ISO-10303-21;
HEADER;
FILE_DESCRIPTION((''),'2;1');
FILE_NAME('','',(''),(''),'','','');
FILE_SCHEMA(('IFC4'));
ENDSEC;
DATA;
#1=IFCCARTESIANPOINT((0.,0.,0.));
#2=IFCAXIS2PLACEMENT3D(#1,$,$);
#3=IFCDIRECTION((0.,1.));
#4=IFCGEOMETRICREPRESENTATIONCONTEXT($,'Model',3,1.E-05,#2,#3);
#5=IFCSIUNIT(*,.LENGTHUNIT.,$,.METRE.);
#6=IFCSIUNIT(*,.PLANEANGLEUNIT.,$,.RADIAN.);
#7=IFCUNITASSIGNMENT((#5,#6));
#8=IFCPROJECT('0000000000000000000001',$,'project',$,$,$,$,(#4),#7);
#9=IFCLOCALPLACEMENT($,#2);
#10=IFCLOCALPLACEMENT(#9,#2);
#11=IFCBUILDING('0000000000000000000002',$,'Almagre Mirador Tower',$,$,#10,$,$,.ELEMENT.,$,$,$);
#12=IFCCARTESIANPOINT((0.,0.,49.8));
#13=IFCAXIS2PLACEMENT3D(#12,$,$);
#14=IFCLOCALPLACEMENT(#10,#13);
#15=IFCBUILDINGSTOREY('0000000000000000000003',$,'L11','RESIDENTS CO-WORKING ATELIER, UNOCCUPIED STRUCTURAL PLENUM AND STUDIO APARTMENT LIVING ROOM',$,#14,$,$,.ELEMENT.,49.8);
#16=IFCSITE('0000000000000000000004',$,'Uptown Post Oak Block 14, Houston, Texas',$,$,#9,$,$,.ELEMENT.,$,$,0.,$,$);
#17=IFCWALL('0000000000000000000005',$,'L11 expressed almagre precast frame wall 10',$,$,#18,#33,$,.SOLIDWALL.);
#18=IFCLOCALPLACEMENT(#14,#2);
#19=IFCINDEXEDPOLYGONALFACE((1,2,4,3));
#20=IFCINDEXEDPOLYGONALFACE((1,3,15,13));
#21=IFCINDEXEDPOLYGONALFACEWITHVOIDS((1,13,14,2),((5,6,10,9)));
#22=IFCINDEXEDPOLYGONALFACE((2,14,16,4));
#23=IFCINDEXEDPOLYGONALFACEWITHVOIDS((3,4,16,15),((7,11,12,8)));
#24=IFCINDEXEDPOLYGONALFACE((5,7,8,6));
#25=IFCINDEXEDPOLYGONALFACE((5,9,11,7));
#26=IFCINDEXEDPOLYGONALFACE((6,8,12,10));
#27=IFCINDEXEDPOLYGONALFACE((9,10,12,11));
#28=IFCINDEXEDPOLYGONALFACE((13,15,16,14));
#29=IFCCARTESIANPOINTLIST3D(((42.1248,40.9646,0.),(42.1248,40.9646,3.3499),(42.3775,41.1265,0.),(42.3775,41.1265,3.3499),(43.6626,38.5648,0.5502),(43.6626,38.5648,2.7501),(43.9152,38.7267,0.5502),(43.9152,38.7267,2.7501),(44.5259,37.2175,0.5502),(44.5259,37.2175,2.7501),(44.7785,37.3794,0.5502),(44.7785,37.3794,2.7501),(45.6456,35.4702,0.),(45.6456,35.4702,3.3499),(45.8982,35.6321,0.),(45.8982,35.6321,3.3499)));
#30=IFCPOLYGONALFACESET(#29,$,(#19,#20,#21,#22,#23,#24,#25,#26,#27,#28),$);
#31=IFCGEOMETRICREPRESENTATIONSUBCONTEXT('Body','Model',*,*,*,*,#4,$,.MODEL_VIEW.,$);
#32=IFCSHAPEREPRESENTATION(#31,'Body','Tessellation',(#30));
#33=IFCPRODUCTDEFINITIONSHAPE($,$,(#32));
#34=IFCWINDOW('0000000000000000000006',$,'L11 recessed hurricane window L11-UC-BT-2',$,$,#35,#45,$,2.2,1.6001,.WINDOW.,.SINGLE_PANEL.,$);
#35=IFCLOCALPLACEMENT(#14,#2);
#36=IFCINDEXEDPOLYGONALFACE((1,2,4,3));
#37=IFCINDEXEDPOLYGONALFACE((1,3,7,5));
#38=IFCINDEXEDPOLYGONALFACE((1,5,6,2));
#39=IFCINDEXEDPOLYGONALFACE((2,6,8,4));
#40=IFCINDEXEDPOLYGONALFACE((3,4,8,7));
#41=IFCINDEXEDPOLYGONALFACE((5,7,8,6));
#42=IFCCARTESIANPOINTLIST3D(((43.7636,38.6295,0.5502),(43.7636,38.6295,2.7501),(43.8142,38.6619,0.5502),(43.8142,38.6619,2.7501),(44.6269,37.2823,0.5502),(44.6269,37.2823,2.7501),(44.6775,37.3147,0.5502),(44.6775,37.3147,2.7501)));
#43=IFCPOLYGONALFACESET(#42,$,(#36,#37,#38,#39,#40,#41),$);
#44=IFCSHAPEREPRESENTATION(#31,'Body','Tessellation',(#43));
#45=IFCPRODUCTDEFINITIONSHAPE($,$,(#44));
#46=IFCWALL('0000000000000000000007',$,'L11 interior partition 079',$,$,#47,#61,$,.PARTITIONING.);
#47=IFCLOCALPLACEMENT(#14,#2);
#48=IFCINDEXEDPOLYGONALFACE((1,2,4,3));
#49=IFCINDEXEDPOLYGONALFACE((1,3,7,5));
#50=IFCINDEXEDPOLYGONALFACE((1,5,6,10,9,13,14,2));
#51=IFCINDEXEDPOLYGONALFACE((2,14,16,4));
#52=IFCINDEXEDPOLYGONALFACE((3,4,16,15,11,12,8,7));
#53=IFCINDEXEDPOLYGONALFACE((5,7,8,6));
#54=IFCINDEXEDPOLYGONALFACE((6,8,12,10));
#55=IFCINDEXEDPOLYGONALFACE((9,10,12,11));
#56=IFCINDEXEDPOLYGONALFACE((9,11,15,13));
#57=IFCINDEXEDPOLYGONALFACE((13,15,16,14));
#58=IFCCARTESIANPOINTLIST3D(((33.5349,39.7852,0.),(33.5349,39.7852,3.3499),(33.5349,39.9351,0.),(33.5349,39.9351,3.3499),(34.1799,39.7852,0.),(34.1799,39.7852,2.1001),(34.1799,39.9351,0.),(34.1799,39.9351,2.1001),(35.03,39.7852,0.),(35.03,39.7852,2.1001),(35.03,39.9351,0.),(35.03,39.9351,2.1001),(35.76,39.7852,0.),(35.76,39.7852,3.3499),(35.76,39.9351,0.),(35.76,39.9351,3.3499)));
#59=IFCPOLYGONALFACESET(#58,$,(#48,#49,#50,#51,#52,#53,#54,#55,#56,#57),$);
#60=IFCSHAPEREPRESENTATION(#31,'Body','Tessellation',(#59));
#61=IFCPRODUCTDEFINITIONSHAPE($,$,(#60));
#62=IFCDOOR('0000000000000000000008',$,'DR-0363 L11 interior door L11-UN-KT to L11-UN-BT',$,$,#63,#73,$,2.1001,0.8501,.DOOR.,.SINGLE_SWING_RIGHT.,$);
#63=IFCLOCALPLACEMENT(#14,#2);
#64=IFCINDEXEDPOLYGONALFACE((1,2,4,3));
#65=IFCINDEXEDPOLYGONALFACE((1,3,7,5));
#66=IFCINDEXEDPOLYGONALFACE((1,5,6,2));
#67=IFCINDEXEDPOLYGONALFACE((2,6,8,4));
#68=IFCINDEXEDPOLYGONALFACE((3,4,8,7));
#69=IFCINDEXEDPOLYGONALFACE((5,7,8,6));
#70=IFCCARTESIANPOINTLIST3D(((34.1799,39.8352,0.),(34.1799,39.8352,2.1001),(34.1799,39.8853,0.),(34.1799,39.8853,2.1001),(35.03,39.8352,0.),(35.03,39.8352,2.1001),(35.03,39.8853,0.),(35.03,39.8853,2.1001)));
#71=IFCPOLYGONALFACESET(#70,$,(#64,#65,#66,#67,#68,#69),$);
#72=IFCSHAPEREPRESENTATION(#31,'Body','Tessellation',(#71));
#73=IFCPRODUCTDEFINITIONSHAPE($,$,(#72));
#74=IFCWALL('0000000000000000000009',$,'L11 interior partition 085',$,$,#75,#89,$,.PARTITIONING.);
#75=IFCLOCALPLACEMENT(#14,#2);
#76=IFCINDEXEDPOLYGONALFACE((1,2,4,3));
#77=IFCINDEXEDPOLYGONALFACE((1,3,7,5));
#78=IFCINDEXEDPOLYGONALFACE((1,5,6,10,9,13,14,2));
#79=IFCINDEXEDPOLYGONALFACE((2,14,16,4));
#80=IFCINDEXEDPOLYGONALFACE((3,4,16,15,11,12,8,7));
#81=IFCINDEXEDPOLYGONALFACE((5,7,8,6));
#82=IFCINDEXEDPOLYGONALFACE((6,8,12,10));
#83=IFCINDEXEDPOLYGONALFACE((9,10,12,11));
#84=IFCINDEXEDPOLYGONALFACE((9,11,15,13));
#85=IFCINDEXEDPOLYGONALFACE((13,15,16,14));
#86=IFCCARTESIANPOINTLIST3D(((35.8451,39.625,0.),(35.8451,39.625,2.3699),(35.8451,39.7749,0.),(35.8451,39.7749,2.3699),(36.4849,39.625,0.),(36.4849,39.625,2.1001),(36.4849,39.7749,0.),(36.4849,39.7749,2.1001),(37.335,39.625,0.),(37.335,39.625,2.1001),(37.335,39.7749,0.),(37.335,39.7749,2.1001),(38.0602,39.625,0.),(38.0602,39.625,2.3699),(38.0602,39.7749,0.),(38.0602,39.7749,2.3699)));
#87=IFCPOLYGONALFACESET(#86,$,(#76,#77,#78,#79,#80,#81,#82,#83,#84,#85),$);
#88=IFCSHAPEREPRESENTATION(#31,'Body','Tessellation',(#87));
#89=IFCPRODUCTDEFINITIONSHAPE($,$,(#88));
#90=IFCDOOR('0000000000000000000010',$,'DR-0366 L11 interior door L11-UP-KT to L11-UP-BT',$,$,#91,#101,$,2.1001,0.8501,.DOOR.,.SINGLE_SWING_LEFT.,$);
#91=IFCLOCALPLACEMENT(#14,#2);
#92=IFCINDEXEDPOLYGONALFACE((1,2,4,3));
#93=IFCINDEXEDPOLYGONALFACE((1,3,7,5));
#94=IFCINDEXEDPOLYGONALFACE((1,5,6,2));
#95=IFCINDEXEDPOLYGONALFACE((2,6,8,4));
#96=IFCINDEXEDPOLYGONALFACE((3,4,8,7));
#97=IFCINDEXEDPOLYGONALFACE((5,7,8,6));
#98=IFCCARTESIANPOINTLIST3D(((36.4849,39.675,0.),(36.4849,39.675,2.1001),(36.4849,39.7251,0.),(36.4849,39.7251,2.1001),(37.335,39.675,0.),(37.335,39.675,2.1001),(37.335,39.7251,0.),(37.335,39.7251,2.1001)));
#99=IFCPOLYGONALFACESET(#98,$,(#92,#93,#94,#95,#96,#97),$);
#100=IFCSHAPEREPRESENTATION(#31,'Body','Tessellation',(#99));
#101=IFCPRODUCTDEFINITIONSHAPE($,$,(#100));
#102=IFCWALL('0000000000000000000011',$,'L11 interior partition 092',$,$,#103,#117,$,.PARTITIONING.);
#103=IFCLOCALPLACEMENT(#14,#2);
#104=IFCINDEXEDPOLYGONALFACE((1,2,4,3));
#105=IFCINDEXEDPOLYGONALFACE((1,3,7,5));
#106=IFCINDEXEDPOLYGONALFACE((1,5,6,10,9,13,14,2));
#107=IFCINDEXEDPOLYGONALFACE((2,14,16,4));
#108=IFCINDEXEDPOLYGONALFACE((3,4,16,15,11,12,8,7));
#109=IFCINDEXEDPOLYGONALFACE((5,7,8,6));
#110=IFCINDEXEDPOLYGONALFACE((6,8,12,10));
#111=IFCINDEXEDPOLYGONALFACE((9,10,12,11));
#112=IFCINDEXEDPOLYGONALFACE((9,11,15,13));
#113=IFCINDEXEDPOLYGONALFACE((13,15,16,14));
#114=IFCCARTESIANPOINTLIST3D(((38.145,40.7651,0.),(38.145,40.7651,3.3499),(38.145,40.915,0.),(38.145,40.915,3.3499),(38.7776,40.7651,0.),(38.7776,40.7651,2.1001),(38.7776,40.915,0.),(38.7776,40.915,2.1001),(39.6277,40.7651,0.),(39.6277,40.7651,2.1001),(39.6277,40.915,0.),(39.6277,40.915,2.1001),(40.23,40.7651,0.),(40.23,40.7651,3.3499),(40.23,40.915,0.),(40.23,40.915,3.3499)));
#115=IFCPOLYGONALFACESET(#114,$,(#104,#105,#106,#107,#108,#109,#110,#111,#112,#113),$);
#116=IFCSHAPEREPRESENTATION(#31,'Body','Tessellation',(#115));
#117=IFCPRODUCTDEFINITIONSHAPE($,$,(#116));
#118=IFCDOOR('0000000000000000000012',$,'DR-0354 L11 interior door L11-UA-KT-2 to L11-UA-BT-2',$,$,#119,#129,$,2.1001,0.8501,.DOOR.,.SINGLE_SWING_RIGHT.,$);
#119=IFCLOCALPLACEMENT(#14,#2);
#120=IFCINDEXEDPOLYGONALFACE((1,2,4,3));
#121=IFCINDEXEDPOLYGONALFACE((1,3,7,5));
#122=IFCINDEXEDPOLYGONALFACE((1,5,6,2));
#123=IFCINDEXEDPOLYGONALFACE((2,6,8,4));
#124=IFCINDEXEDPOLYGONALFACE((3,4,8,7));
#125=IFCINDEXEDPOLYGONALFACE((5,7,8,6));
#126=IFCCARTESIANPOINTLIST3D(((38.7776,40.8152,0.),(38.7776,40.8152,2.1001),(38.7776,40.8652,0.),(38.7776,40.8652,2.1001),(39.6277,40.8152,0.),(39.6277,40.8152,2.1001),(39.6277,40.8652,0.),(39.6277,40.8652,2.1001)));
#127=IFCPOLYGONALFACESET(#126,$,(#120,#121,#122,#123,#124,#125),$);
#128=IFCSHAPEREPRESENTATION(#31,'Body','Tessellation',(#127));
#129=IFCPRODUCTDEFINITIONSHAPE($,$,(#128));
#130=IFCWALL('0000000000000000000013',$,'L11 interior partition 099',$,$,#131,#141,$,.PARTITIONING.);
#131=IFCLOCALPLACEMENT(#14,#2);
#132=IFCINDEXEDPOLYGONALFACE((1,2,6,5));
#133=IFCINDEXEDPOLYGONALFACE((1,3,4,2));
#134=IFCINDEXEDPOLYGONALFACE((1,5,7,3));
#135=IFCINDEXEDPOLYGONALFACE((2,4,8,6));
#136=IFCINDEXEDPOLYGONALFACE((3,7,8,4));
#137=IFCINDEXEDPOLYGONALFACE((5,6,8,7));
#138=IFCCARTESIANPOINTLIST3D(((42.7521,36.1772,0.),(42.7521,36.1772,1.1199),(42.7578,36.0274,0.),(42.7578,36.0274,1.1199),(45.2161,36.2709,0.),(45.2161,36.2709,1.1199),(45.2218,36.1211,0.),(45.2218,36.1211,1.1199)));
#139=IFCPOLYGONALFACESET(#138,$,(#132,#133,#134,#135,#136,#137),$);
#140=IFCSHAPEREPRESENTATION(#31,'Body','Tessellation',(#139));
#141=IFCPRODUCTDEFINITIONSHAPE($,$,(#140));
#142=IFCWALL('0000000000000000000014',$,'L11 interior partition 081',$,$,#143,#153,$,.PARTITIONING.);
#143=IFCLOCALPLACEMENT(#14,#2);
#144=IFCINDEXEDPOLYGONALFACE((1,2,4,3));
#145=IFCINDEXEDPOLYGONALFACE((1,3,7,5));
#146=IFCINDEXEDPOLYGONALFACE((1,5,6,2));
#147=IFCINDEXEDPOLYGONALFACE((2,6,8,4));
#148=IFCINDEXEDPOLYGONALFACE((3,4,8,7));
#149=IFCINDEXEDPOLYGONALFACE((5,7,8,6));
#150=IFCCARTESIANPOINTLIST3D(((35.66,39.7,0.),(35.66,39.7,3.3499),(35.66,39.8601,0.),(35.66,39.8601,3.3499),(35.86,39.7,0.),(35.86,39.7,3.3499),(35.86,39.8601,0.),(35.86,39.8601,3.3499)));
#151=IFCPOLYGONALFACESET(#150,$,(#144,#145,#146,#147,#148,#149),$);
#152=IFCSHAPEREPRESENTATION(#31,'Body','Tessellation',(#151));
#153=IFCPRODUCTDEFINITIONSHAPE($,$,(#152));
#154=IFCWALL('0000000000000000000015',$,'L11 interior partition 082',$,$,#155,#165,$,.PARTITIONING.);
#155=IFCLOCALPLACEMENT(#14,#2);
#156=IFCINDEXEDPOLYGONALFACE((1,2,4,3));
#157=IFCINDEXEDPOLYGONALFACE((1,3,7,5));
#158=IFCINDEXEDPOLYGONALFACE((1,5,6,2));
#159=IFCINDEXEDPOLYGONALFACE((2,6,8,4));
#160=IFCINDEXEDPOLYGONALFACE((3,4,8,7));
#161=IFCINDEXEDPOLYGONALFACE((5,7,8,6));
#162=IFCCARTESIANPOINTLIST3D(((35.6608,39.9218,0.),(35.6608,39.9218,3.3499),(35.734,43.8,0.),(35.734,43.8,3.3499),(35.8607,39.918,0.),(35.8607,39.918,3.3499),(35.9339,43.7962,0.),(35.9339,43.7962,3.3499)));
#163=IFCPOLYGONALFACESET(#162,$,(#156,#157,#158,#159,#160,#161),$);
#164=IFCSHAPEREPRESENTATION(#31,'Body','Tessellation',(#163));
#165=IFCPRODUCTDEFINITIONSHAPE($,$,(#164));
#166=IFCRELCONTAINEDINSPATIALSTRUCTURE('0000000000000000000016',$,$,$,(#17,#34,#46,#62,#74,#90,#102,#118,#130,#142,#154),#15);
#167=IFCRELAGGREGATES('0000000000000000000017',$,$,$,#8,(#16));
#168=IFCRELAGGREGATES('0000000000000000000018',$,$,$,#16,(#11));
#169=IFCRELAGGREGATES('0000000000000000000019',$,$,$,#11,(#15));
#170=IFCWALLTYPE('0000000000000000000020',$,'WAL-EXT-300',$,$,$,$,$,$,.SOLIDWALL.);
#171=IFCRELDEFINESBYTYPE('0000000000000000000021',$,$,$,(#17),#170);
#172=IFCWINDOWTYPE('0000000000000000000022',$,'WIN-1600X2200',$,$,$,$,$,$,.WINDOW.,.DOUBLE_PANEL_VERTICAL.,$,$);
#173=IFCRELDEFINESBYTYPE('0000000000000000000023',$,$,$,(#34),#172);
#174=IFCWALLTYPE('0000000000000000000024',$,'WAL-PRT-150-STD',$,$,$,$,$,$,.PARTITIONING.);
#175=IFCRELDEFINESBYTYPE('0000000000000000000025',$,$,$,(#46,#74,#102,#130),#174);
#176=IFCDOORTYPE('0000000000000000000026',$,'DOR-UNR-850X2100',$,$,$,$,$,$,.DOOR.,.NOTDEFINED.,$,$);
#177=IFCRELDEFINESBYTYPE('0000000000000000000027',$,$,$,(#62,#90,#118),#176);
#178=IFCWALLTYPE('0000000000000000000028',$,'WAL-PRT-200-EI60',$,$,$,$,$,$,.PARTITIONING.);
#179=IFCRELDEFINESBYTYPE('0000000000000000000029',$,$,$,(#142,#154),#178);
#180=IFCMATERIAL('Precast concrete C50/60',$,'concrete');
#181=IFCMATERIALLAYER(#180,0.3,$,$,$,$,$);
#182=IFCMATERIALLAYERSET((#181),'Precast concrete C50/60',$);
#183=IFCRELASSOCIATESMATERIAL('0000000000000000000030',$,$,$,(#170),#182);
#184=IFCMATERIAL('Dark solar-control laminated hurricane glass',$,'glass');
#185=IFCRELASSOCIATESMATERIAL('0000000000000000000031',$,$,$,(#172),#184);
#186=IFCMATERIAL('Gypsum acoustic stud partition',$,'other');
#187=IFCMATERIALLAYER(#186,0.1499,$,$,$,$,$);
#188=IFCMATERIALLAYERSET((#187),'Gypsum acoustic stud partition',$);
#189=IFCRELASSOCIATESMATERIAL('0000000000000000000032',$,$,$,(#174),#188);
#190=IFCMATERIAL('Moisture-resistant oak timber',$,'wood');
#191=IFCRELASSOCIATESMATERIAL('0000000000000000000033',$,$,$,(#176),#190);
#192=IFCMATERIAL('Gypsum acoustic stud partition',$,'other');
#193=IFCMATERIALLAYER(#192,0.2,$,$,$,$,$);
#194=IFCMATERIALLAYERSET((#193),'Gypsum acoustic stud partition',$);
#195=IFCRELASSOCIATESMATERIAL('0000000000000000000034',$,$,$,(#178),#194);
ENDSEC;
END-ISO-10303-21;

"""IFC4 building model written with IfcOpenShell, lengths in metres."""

from ifc_helpers import new_model, si_unit, direction, frame, frame_2d, origin, place, context, subcontext, project, spatial, rectangle, extrude, material, layer, layer_set, type_object, element, fill, save


model = new_model("IFC4")

# Units and contexts
model_context = context("Model", 3, precision=1e-05, world=origin(), true_north=direction((0.0, 1.0)))
body_context = subcontext(model_context, "Body", "Model", "MODEL_VIEW")
ifc_project = project(units=[si_unit("LENGTHUNIT", "METRE"), si_unit("PLANEANGLEUNIT", "RADIAN")], contexts=[model_context])

# Site, building, storey
site_placement = place(None, origin())
site = spatial("IfcSite", under=ifc_project, at=site_placement, Name="Uptown Post Oak Block 14, Houston, Texas", CompositionType="ELEMENT", RefElevation=0.0)
building_placement = place(site_placement, origin())
building = spatial("IfcBuilding", under=site, at=building_placement, Name="Almagre Mirador Tower", CompositionType="ELEMENT")
storey_placement = place(building_placement, frame((0.0, 0.0, 49.8)))
storey = spatial("IfcBuildingStorey", under=building, at=storey_placement, Name="L11", Description="RESIDENTS CO-WORKING ATELIER, UNOCCUPIED STRUCTURAL PLENUM AND STUDIO APARTMENT LIVING ROOM", CompositionType="ELEMENT", Elevation=49.8)

# Shared definitions
ifc_material_1 = material(Name="Precast concrete C50/60", Category="concrete")
ifc_layer_1 = layer(ifc_material_1, 0.3)
ifc_layer_set_1 = layer_set([ifc_layer_1], Name="Precast concrete C50/60")
wall_type_1 = type_object("IfcWallType", Name="WAL-EXT-300", PredefinedType="SOLIDWALL", material=ifc_layer_set_1)

# Wall, opening, window
ifc_material_2 = material(Name="Dark solar-control laminated hurricane glass", Category="glass")
window_type_1 = type_object("IfcWindowType", Name="WIN-1600X2200", PartitioningType="DOUBLE_PANEL_VERTICAL", PredefinedType="WINDOW", material=ifc_material_2)
wall_1_placement = place(storey_placement, frame((42.2512, 41.0454, 0.0), z_axis=(0.0, 0.0, 1.0), x_axis=(0.539526, -0.841969, 0.0)))
wall_1 = element("IfcWall", 1, at=wall_1_placement, inside=storey, type_object=wall_type_1, Name="L11 expressed almagre precast frame wall 10", PredefinedType="SOLIDWALL", context=body_context, shape_type="SweptSolid", body=[
    extrude(rectangle(XDim=6.5256, YDim=0.3, at=frame_2d((3.2627, 0.0))), origin(), (0.0, 0.0, 1.0), 3.3499),
])
opening_1_placement = place(wall_1_placement, frame((2.8501, 0.0, 0.55)))
opening_1 = element("IfcOpeningElement", 2, at=opening_1_placement, cuts=wall_1, PredefinedType="OPENING", context=body_context, shape_type="SweptSolid", body=[
    extrude(rectangle(XDim=1.6001, YDim=2.2, at=frame_2d((0.8, 1.1001))), frame((0.0, 0.1599, 0.0), z_axis=(0.0, -1.0, 0.0), x_axis=(1.0, 0.0, 0.0)), (0.0, 0.0, 1.0), 0.32),
])
window_1_placement = place(opening_1_placement, origin())
window_1 = element("IfcWindow", 3, at=window_1_placement, inside=storey, type_object=window_type_1, Name="L11 recessed hurricane window L11-UC-BT-2", OverallHeight=2.2, OverallWidth=1.6001, PartitioningType="SINGLE_PANEL", PredefinedType="WINDOW", context=body_context, shape_type="SweptSolid", body=[
    extrude(rectangle(XDim=1.6001, YDim=2.2, at=frame_2d((0.8, 1.1001))), frame((0.0, 0.03, 0.0), z_axis=(0.0, -1.0, 0.0), x_axis=(1.0, 0.0, 0.0)), (0.0, 0.0, 1.0), 0.0601),
])
fill(opening_1, window_1)

# Walls, openings, doors
ifc_material_3 = material(Name="Gypsum acoustic stud partition", Category="other")
ifc_layer_2 = layer(ifc_material_3, 0.1499)
ifc_layer_set_2 = layer_set([ifc_layer_2], Name="Gypsum acoustic stud partition")
wall_type_2 = type_object("IfcWallType", Name="WAL-PRT-150-STD", PredefinedType="PARTITIONING", material=ifc_layer_set_2)
wall_2_placement = place(storey_placement, frame((35.76, 39.8601, 0.0), z_axis=(0.0, 0.0, 1.0), x_axis=(-1.0, 0.0, 0.0)))
wall_2 = element("IfcWall", 4, at=wall_2_placement, inside=storey, type_object=wall_type_2, Name="L11 interior partition 079", PredefinedType="PARTITIONING", context=body_context, shape_type="SweptSolid", body=[
    extrude(rectangle(XDim=2.2251, YDim=0.1499, at=frame_2d((1.1125, 0.0))), origin(), (0.0, 0.0, 1.0), 3.3499),
])
opening_2_placement = place(wall_2_placement, frame((0.73, 0.0, 0.0)))
opening_2 = element("IfcOpeningElement", 5, at=opening_2_placement, cuts=wall_2, PredefinedType="OPENING", context=body_context, shape_type="SweptSolid", body=[
    extrude(rectangle(XDim=0.8501, YDim=2.1001, at=frame_2d((0.425, 1.05))), frame((0.0, 0.085, 0.0), z_axis=(0.0, -1.0, 0.0), x_axis=(1.0, 0.0, 0.0)), (0.0, 0.0, 1.0), 0.1699),
])
ifc_material_4 = material(Name="Moisture-resistant oak timber", Category="wood")
door_type = type_object("IfcDoorType", Name="DOR-UNR-850X2100", OperationType="NOTDEFINED", PredefinedType="DOOR", material=ifc_material_4)
door_1_placement = place(opening_2_placement, origin())
door_1 = element("IfcDoor", 6, at=door_1_placement, inside=storey, type_object=door_type, Name="DR-0363 L11 interior door L11-UN-KT to L11-UN-BT", OperationType="SINGLE_SWING_RIGHT", OverallHeight=2.1001, OverallWidth=0.8501, PredefinedType="DOOR", context=body_context, shape_type="SweptSolid", body=[
    extrude(rectangle(XDim=0.8501, YDim=2.1001, at=frame_2d((0.425, 1.05))), frame((0.0, 0.0249, 0.0), z_axis=(0.0, -1.0, 0.0), x_axis=(1.0, 0.0, 0.0)), (0.0, 0.0, 1.0), 0.05),
])
fill(opening_2, door_1)
wall_3_placement = place(storey_placement, frame((38.0601, 39.7, 0.0), z_axis=(0.0, 0.0, 1.0), x_axis=(-1.0, 0.0, 0.0)))
wall_3 = element("IfcWall", 7, at=wall_3_placement, inside=storey, type_object=wall_type_2, Name="L11 interior partition 085", PredefinedType="PARTITIONING", context=body_context, shape_type="SweptSolid", body=[
    extrude(rectangle(XDim=2.2151, YDim=0.1499, at=frame_2d((1.1074, 0.0))), origin(), (0.0, 0.0, 1.0), 2.3699),
])
opening_3_placement = place(wall_3_placement, frame((0.7251, 0.0, 0.0)))
opening_3 = element("IfcOpeningElement", 8, at=opening_3_placement, cuts=wall_3, PredefinedType="OPENING", context=body_context, shape_type="SweptSolid", body=[
    extrude(rectangle(XDim=0.8501, YDim=2.1001, at=frame_2d((0.425, 1.05))), frame((0.0, 0.085, 0.0), z_axis=(0.0, -1.0, 0.0), x_axis=(1.0, 0.0, 0.0)), (0.0, 0.0, 1.0), 0.1699),
])
door_2_placement = place(opening_3_placement, origin())
door_2 = element("IfcDoor", 9, at=door_2_placement, inside=storey, type_object=door_type, Name="DR-0366 L11 interior door L11-UP-KT to L11-UP-BT", OperationType="SINGLE_SWING_LEFT", OverallHeight=2.1001, OverallWidth=0.8501, PredefinedType="DOOR", context=body_context, shape_type="SweptSolid", body=[
    extrude(rectangle(XDim=0.8501, YDim=2.1001, at=frame_2d((0.425, 1.05))), frame((0.0, 0.0249, 0.0), z_axis=(0.0, -1.0, 0.0), x_axis=(1.0, 0.0, 0.0)), (0.0, 0.0, 1.0), 0.05),
])
fill(opening_3, door_2)
wall_4_placement = place(storey_placement, frame((40.23, 40.8401, 0.0), z_axis=(0.0, 0.0, 1.0), x_axis=(-1.0, 0.0, 0.0)))
wall_4 = element("IfcWall", 10, at=wall_4_placement, inside=storey, type_object=wall_type_2, Name="L11 interior partition 092", PredefinedType="PARTITIONING", context=body_context, shape_type="SweptSolid", body=[
    extrude(rectangle(XDim=2.085, YDim=0.1499, at=frame_2d((1.0425, 0.0))), origin(), (0.0, 0.0, 1.0), 3.3499),
])
opening_4_placement = place(wall_4_placement, frame((0.6023, 0.0, 0.0)))
opening_4 = element("IfcOpeningElement", 11, at=opening_4_placement, cuts=wall_4, PredefinedType="OPENING", context=body_context, shape_type="SweptSolid", body=[
    extrude(rectangle(XDim=0.8501, YDim=2.1001, at=frame_2d((0.425, 1.05))), frame((0.0, 0.085, 0.0), z_axis=(0.0, -1.0, 0.0), x_axis=(1.0, 0.0, 0.0)), (0.0, 0.0, 1.0), 0.1699),
])
door_3_placement = place(opening_4_placement, origin())
door_3 = element("IfcDoor", 12, at=door_3_placement, inside=storey, type_object=door_type, Name="DR-0354 L11 interior door L11-UA-KT-2 to L11-UA-BT-2", OperationType="SINGLE_SWING_RIGHT", OverallHeight=2.1001, OverallWidth=0.8501, PredefinedType="DOOR", context=body_context, shape_type="SweptSolid", body=[
    extrude(rectangle(XDim=0.8501, YDim=2.1001, at=frame_2d((0.425, 1.05))), frame((0.0, 0.0249, 0.0), z_axis=(0.0, -1.0, 0.0), x_axis=(1.0, 0.0, 0.0)), (0.0, 0.0, 1.0), 0.05),
])
fill(opening_4, door_3)

# Walls
wall_5_placement = place(storey_placement, frame((45.219, 36.196, 0.0), z_axis=(0.0, 0.0, 1.0), x_axis=(-0.999277, -0.038019, 0.0)))
element("IfcWall", 13, at=wall_5_placement, inside=storey, type_object=wall_type_2, Name="L11 interior partition 099", PredefinedType="PARTITIONING", context=body_context, shape_type="SweptSolid", body=[
    extrude(rectangle(XDim=2.4658, YDim=0.1499, at=frame_2d((1.2329, 0.0))), origin(), (0.0, 0.0, 1.0), 1.1199),
])
ifc_material_5 = material(Name="Gypsum acoustic stud partition", Category="other")
ifc_layer_3 = layer(ifc_material_5, 0.2)
ifc_layer_set_3 = layer_set([ifc_layer_3], Name="Gypsum acoustic stud partition")
wall_type_3 = type_object("IfcWallType", Name="WAL-PRT-200-EI60", PredefinedType="PARTITIONING", material=ifc_layer_set_3)
wall_6_placement = place(storey_placement, frame((35.76, 39.7, 0.0), z_axis=(0.0, 0.0, 1.0), x_axis=(0.0, 1.0, 0.0)))
element("IfcWall", 14, at=wall_6_placement, inside=storey, type_object=wall_type_3, Name="L11 interior partition 081", PredefinedType="PARTITIONING", context=body_context, shape_type="SweptSolid", body=[
    extrude(rectangle(XDim=0.1602, YDim=0.2, at=frame_2d((0.0801, 0.0))), origin(), (0.0, 0.0, 1.0), 3.3499),
])
wall_7_placement = place(storey_placement, frame((35.7607, 39.9199, 0.0), z_axis=(0.0, 0.0, 1.0), x_axis=(0.018882, 0.999822, 0.0)))
element("IfcWall", 15, at=wall_7_placement, inside=storey, type_object=wall_type_3, Name="L11 interior partition 082", PredefinedType="PARTITIONING", context=body_context, shape_type="SweptSolid", body=[
    extrude(rectangle(XDim=3.8789, YDim=0.2, at=frame_2d((1.9395, 0.0))), origin(), (0.0, 0.0, 1.0), 3.3499),
])

save(model, "model.ifc")
